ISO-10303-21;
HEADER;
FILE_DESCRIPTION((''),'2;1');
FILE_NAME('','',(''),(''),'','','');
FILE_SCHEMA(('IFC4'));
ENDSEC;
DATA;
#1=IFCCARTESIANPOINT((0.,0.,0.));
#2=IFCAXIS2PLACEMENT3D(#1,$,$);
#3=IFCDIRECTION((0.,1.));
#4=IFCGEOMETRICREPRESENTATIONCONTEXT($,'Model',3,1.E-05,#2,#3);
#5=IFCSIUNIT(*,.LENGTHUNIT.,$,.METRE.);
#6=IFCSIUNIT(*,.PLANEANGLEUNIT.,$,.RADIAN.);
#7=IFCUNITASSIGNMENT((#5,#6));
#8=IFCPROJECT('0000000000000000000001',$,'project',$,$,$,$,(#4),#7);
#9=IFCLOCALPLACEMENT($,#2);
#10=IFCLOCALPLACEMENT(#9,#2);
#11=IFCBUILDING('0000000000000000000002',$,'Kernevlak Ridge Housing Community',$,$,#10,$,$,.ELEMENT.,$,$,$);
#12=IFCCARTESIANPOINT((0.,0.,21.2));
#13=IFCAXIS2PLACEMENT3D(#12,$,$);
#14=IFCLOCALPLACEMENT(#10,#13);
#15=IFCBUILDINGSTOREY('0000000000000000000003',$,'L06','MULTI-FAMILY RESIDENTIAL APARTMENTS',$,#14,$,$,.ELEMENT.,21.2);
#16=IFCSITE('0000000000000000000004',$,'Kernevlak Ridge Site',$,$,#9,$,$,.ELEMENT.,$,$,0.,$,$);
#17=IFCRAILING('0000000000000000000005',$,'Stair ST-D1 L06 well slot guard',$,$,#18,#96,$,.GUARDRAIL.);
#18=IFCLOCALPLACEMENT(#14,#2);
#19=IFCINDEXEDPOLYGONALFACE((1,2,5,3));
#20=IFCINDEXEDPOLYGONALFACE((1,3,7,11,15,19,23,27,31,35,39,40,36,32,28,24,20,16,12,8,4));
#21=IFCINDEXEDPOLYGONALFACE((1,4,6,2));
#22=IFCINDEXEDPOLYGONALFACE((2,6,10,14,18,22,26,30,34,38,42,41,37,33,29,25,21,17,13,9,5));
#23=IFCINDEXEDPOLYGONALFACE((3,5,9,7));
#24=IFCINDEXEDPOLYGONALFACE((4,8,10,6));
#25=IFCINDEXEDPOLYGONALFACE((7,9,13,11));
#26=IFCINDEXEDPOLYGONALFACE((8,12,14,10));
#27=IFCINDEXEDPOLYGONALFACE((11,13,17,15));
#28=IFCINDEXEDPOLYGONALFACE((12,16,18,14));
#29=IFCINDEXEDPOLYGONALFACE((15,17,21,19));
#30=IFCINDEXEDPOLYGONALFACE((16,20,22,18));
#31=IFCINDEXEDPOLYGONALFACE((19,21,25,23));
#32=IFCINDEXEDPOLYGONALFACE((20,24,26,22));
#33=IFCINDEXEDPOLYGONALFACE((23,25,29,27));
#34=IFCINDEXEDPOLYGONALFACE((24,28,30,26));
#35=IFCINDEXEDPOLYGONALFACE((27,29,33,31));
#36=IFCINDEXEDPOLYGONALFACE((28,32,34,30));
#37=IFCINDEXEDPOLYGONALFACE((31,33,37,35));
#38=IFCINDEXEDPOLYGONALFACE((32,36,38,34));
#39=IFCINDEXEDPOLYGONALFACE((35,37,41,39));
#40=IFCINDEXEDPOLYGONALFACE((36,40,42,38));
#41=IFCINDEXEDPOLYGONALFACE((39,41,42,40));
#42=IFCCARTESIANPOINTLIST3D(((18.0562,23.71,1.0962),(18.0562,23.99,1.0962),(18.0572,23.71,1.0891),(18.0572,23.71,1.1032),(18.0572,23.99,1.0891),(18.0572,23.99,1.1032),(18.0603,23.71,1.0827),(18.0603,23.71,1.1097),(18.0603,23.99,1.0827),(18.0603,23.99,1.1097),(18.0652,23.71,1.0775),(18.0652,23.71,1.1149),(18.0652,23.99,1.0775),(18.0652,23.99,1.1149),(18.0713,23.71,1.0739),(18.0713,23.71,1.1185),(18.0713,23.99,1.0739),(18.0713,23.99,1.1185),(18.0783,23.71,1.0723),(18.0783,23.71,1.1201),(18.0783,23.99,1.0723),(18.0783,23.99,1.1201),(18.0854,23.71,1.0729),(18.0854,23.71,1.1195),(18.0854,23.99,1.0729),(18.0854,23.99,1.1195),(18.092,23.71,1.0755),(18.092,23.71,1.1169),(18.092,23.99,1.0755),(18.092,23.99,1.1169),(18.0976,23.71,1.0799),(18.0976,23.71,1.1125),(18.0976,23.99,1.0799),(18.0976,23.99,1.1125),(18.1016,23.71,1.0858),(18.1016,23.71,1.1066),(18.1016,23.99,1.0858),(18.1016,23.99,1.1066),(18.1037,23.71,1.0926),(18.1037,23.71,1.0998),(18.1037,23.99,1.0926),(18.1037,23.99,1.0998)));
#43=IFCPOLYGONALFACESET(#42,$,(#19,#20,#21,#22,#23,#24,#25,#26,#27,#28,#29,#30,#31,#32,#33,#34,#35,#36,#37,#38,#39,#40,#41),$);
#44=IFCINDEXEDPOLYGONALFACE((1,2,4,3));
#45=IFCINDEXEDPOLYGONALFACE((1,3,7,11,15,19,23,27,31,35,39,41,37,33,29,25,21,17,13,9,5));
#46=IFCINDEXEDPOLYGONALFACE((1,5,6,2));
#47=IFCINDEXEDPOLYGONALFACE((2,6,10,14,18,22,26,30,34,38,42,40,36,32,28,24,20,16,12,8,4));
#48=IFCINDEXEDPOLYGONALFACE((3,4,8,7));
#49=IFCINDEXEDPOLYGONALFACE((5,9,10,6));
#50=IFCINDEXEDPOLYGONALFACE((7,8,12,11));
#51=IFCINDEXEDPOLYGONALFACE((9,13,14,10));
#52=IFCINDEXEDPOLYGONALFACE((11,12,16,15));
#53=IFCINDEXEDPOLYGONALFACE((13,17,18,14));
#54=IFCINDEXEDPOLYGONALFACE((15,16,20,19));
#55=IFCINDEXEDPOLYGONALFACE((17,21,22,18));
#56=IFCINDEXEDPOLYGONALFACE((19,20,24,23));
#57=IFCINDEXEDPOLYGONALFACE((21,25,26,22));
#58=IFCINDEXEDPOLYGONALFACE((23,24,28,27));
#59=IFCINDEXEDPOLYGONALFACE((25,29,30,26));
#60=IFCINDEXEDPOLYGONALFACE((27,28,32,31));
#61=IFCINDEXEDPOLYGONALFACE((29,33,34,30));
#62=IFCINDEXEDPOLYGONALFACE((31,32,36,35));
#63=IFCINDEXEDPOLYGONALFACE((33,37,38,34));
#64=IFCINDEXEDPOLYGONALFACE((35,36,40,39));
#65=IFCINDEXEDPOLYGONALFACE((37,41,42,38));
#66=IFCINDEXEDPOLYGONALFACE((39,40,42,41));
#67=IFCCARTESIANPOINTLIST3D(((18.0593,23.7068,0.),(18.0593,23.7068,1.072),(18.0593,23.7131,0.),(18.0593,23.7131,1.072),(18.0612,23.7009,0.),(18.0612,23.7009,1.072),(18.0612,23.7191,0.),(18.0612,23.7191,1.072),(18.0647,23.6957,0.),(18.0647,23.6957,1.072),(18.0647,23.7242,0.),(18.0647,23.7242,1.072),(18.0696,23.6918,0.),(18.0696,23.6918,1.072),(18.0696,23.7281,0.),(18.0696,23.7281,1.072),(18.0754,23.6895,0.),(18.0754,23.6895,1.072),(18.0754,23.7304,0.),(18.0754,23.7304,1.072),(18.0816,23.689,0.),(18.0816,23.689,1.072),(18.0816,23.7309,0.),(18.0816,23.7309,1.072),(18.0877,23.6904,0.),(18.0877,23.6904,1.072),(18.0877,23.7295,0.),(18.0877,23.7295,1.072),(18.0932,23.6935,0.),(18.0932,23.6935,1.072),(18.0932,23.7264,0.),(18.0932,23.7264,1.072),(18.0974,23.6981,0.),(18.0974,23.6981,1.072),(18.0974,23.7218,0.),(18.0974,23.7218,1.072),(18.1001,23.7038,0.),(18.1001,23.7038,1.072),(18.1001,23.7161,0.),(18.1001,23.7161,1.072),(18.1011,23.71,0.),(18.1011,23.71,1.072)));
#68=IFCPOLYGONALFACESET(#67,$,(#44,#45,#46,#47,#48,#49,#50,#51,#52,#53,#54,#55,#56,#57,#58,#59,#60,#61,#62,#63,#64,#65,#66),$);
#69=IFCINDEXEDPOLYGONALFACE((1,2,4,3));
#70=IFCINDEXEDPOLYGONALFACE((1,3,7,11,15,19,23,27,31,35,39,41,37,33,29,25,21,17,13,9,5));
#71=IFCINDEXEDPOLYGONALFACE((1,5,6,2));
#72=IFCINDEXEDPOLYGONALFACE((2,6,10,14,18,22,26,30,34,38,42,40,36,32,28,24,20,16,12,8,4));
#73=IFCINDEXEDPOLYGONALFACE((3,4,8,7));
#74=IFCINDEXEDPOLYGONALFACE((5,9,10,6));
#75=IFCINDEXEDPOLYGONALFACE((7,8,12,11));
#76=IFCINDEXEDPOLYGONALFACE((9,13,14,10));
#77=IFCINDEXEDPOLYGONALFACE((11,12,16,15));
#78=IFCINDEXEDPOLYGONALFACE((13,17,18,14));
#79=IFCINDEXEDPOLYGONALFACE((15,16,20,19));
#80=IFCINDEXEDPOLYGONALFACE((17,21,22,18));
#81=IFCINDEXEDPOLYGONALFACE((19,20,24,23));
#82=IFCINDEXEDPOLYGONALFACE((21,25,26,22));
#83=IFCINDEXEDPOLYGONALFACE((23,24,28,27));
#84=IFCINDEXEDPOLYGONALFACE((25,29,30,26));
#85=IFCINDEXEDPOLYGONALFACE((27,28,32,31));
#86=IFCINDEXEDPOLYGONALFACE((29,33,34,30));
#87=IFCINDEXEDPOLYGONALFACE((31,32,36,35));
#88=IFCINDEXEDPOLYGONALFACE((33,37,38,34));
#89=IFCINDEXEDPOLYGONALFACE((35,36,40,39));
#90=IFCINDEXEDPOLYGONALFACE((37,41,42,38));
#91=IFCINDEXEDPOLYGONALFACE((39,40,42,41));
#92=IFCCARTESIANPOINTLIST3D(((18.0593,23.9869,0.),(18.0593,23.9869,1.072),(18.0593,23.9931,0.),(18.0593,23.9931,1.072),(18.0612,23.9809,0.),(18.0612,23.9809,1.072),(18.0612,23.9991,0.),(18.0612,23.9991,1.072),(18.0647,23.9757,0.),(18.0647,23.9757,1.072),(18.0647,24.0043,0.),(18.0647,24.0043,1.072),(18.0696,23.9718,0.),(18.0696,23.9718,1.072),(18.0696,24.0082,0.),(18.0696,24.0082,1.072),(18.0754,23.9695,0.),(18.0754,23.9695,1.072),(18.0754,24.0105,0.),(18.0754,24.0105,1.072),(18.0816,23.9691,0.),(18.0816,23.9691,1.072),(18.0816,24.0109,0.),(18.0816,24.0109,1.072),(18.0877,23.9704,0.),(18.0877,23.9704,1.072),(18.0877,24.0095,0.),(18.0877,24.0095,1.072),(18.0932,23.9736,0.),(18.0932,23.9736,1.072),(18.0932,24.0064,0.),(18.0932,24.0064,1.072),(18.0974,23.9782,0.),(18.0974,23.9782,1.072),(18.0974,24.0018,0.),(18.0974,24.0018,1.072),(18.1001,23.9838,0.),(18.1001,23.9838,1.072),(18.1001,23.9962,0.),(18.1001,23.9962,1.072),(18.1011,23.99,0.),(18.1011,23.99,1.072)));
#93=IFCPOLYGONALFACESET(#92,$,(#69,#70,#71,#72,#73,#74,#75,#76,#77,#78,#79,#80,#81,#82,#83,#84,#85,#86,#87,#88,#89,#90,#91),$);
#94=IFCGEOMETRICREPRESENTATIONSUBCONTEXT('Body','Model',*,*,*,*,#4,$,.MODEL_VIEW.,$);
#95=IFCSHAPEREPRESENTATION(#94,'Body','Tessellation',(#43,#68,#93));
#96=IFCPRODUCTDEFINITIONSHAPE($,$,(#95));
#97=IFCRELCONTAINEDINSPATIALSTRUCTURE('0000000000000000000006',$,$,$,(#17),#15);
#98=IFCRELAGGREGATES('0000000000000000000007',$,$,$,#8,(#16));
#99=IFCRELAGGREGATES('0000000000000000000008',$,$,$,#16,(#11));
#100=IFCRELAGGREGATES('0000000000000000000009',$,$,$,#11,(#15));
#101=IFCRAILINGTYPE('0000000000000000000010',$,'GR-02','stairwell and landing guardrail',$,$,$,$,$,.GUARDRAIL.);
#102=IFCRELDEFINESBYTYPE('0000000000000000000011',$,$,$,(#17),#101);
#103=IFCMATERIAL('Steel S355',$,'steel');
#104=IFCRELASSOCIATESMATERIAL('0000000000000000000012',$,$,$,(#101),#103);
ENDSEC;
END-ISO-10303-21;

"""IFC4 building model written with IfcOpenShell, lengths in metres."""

from ifc_helpers import new_model, si_unit, direction, frame, origin, origin_2d, place, context, subcontext, project, spatial, circle, extrude, material, type_object, element, save


model = new_model("IFC4")

# Units and contexts
model_context = context("Model", 3, precision=1e-05, world=origin(), true_north=direction((0.0, 1.0)))
body_context = subcontext(model_context, "Body", "Model", "MODEL_VIEW")
ifc_project = project(units=[si_unit("LENGTHUNIT", "METRE"), si_unit("PLANEANGLEUNIT", "RADIAN")], contexts=[model_context])

# Site, building, storey
site_placement = place(None, origin())
site = spatial("IfcSite", under=ifc_project, at=site_placement, Name="Kernevlak Ridge Site", CompositionType="ELEMENT", RefElevation=0.0)
building_placement = place(site_placement, origin())
building = spatial("IfcBuilding", under=site, at=building_placement, Name="Kernevlak Ridge Housing Community", CompositionType="ELEMENT")
storey_placement = place(building_placement, frame((0.0, 0.0, 21.2)))
storey = spatial("IfcBuildingStorey", under=building, at=storey_placement, Name="L06", Description="MULTI-FAMILY RESIDENTIAL APARTMENTS", CompositionType="ELEMENT", Elevation=21.2)

# Railing
ifc_material_1 = material(Name="Steel S355", Category="steel")
railing_type_1 = type_object("IfcRailingType", Name="GR-02", Description="stairwell and landing guardrail", PredefinedType="GUARDRAIL", material=ifc_material_1)
railing_1_placement = place(storey_placement, frame((18.0801, 23.71, 0.0)))
element("IfcRailing", 1, at=railing_1_placement, inside=storey, type_object=railing_type_1, Name="Stair ST-D1 L06 well slot guard", PredefinedType="GUARDRAIL", context=body_context, shape_type="SweptSolid", body=[
    extrude(circle(Radius=0.0239, at=origin_2d()), frame((0.0, 0.0, 1.0962), z_axis=(0.0, 1.0, 0.0), x_axis=(-1.0, 0.0, 0.0)), (0.0, 0.0, 1.0), 0.28),
    extrude(circle(Radius=0.021, at=origin_2d()), origin(), (0.0, 0.0, 1.0), 1.072),
    extrude(circle(Radius=0.021, at=origin_2d()), frame((0.0, 0.28, 0.0)), (0.0, 0.0, 1.0), 1.072),
])

save(model, "model.ifc")
